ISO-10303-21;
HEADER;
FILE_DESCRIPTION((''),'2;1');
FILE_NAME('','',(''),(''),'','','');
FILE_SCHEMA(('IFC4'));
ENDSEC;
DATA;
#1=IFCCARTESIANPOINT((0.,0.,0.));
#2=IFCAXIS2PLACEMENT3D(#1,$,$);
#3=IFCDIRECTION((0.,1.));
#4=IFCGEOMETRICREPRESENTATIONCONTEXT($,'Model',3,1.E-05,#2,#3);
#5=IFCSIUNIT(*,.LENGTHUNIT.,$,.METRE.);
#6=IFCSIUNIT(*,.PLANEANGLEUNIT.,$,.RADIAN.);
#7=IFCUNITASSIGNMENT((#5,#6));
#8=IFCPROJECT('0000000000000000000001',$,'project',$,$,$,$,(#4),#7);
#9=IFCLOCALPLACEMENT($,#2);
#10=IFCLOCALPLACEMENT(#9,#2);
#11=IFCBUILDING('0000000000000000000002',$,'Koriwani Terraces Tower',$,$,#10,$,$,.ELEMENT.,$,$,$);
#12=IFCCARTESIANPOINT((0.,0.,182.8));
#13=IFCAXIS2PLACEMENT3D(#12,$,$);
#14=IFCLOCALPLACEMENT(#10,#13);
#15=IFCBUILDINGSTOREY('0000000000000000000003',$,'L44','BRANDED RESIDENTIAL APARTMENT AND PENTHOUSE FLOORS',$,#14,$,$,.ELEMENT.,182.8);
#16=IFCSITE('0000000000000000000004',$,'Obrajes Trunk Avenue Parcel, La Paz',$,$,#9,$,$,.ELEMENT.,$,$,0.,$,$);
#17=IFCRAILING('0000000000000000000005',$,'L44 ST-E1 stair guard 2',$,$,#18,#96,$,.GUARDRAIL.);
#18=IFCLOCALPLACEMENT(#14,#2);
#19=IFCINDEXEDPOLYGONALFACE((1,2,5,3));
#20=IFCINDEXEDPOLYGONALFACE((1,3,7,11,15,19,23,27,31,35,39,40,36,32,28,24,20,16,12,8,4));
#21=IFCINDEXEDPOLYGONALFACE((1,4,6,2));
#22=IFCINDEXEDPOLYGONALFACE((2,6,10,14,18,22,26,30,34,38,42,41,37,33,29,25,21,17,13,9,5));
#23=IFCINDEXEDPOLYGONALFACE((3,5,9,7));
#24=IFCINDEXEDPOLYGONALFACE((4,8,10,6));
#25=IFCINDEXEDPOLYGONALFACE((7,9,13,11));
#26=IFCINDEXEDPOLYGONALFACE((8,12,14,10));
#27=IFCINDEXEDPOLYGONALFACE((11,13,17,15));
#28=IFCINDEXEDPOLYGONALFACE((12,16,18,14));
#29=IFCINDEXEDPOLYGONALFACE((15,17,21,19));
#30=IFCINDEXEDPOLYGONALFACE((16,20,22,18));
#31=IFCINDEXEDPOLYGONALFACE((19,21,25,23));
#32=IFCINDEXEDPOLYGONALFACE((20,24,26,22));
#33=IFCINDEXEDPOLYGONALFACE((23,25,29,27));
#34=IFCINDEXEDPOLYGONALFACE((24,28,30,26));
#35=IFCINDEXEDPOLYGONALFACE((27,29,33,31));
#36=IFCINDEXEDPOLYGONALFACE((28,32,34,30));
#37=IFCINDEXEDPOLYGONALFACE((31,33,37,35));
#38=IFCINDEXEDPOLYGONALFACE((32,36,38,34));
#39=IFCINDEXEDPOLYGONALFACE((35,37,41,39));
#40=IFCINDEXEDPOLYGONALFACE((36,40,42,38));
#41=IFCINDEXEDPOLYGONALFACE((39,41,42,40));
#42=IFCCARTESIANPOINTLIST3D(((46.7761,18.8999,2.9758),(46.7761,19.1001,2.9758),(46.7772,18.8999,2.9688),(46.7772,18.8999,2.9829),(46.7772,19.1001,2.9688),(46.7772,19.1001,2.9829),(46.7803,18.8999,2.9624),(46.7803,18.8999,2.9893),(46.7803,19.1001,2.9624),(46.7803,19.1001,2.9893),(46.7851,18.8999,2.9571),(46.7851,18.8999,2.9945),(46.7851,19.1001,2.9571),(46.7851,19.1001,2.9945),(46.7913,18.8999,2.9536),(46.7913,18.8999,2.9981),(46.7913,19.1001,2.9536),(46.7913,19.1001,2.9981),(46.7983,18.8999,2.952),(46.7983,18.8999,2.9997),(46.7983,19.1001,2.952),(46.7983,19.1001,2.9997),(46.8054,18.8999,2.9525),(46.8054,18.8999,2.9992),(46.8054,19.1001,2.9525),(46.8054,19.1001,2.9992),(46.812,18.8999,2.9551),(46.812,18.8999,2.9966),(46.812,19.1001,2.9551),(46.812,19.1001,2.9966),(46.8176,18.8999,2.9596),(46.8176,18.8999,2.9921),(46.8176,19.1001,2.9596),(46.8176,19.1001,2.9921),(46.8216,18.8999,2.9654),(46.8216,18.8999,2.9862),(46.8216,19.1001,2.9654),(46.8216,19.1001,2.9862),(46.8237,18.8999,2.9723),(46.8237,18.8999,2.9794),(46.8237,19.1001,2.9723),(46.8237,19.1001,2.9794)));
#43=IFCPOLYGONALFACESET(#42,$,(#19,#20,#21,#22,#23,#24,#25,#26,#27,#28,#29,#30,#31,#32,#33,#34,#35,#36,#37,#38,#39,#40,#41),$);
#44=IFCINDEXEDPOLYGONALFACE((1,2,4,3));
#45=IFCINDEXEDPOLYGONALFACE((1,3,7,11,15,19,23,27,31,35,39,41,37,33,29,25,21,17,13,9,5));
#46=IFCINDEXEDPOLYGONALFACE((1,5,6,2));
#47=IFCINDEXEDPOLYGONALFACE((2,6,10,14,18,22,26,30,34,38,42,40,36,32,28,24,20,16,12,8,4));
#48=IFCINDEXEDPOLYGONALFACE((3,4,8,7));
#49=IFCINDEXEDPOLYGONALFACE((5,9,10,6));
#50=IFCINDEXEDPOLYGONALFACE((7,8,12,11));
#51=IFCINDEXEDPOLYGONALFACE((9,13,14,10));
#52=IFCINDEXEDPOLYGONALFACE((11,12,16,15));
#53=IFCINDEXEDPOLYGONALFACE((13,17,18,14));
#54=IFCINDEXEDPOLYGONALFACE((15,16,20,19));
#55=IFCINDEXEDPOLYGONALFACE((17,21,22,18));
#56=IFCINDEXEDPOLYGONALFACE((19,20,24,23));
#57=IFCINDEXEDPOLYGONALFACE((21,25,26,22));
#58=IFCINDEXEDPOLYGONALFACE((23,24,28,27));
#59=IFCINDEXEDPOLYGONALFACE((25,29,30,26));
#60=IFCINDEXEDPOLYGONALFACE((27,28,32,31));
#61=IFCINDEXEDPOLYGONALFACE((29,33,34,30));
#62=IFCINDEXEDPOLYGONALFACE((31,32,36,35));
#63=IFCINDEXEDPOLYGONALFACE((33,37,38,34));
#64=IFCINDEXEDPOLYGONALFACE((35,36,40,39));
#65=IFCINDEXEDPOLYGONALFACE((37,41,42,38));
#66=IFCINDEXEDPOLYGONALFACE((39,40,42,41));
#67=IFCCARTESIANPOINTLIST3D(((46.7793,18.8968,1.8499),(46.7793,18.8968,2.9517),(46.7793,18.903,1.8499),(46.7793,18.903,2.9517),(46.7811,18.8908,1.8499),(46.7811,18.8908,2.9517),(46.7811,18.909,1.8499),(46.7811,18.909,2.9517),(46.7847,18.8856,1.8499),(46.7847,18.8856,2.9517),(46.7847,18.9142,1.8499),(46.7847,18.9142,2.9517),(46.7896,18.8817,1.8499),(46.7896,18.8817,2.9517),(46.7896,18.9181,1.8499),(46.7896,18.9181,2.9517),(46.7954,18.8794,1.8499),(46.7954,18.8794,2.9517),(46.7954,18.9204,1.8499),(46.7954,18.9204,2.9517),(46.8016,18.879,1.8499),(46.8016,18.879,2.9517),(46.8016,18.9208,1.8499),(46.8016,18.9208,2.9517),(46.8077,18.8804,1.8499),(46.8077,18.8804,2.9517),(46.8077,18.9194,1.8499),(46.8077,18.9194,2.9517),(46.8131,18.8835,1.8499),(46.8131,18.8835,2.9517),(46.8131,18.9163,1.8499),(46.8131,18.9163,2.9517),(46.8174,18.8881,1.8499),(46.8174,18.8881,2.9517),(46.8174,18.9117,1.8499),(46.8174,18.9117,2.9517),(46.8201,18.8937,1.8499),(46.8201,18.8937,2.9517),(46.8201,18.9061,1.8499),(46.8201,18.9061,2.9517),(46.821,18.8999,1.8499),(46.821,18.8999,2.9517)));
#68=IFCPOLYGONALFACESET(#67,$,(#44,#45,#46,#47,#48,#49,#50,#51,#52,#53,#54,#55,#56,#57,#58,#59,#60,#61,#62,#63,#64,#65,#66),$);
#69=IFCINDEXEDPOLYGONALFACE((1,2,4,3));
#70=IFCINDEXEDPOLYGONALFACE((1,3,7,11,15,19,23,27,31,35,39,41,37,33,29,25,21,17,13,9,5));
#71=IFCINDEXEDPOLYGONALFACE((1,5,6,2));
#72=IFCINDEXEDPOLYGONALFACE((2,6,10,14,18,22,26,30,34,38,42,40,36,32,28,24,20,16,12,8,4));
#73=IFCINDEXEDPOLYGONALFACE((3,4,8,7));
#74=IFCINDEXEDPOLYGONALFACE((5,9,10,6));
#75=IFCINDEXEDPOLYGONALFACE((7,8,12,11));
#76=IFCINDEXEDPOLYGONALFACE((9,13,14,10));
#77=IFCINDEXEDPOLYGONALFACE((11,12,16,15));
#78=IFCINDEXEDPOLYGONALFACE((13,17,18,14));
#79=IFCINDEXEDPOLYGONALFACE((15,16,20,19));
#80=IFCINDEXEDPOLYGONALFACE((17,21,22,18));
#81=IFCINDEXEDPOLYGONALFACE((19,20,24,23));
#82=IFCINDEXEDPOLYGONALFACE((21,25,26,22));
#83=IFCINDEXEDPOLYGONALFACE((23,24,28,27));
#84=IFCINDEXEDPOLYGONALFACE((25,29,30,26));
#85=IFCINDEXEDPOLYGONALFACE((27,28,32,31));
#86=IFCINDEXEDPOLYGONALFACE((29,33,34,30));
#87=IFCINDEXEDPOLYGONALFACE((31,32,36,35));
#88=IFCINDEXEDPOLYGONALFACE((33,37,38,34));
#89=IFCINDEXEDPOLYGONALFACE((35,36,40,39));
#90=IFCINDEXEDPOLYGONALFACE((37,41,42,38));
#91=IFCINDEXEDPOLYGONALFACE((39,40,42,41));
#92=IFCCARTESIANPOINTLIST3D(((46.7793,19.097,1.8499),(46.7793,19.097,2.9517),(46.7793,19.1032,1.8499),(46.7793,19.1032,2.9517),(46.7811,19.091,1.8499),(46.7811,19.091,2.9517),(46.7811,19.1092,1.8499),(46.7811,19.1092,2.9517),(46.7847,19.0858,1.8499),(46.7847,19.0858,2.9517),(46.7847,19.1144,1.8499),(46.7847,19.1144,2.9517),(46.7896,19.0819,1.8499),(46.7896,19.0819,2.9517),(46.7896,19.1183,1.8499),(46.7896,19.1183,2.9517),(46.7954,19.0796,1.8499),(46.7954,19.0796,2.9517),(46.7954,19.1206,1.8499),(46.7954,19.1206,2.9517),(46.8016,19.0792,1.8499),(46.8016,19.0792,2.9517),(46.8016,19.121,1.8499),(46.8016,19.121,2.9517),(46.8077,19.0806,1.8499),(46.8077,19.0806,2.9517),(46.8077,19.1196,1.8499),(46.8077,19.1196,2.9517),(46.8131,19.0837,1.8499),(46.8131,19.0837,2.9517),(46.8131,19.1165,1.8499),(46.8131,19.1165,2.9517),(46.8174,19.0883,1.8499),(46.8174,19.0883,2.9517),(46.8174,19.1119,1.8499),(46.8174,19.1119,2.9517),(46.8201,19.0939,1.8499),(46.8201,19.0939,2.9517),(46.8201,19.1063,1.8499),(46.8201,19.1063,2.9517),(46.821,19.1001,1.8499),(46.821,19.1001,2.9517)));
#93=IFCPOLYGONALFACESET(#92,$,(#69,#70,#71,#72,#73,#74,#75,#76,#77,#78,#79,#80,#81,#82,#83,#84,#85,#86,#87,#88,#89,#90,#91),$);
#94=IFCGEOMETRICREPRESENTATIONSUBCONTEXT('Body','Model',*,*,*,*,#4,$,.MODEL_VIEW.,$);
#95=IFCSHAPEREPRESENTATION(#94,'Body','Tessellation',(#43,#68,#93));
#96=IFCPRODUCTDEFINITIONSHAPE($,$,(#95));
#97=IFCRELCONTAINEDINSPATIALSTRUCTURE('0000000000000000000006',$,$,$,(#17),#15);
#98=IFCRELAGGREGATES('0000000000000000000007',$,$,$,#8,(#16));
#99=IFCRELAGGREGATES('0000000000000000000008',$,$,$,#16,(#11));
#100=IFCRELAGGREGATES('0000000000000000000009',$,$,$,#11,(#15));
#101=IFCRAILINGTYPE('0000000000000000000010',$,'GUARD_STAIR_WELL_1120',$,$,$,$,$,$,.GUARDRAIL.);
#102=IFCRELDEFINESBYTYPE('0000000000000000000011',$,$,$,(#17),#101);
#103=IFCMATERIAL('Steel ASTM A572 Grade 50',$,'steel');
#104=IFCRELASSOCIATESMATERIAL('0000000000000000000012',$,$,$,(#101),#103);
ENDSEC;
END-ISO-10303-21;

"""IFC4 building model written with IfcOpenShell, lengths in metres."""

from ifc_helpers import new_model, si_unit, direction, frame, origin, origin_2d, place, context, subcontext, project, spatial, circle, extrude, material, type_object, element, save


model = new_model("IFC4")

# Units and contexts
model_context = context("Model", 3, precision=1e-05, world=origin(), true_north=direction((0.0, 1.0)))
body_context = subcontext(model_context, "Body", "Model", "MODEL_VIEW")
ifc_project = project(units=[si_unit("LENGTHUNIT", "METRE"), si_unit("PLANEANGLEUNIT", "RADIAN")], contexts=[model_context])

# Site, building, storey
site_placement = place(None, origin())
site = spatial("IfcSite", under=ifc_project, at=site_placement, Name="Obrajes Trunk Avenue Parcel, La Paz", CompositionType="ELEMENT", RefElevation=0.0)
building_placement = place(site_placement, origin())
building = spatial("IfcBuilding", under=site, at=building_placement, Name="Koriwani Terraces Tower", CompositionType="ELEMENT")
storey_placement = place(building_placement, frame((0.0, 0.0, 182.8)))
storey = spatial("IfcBuildingStorey", under=building, at=storey_placement, Name="L44", Description="BRANDED RESIDENTIAL APARTMENT AND PENTHOUSE FLOORS", CompositionType="ELEMENT", Elevation=182.8)

# Shared definitions
ifc_material_1 = material(Name="Steel ASTM A572 Grade 50", Category="steel")

# Railing
railing_type_1 = type_object("IfcRailingType", Name="GUARD_STAIR_WELL_1120", PredefinedType="GUARDRAIL", material=ifc_material_1)
railing_1_placement = place(storey_placement, frame((46.8, 18.8999, 1.8499)))
element("IfcRailing", 1, at=railing_1_placement, inside=storey, type_object=railing_type_1, Name="L44 ST-E1 stair guard 2", PredefinedType="GUARDRAIL", context=body_context, shape_type="SweptSolid", body=[
    extrude(circle(Radius=0.0239, at=origin_2d()), frame((0.0, 0.0, 1.126), z_axis=(0.0, 1.0, 0.0), x_axis=(-1.0, 0.0, 0.0)), (0.0, 0.0, 1.0), 0.2002),
    extrude(circle(Radius=0.021, at=origin_2d()), origin(), (0.0, 0.0, 1.0), 1.1018),
    extrude(circle(Radius=0.021, at=origin_2d()), frame((0.0, 0.2002, 0.0)), (0.0, 0.0, 1.0), 1.1018),
])

save(model, "model.ifc")
